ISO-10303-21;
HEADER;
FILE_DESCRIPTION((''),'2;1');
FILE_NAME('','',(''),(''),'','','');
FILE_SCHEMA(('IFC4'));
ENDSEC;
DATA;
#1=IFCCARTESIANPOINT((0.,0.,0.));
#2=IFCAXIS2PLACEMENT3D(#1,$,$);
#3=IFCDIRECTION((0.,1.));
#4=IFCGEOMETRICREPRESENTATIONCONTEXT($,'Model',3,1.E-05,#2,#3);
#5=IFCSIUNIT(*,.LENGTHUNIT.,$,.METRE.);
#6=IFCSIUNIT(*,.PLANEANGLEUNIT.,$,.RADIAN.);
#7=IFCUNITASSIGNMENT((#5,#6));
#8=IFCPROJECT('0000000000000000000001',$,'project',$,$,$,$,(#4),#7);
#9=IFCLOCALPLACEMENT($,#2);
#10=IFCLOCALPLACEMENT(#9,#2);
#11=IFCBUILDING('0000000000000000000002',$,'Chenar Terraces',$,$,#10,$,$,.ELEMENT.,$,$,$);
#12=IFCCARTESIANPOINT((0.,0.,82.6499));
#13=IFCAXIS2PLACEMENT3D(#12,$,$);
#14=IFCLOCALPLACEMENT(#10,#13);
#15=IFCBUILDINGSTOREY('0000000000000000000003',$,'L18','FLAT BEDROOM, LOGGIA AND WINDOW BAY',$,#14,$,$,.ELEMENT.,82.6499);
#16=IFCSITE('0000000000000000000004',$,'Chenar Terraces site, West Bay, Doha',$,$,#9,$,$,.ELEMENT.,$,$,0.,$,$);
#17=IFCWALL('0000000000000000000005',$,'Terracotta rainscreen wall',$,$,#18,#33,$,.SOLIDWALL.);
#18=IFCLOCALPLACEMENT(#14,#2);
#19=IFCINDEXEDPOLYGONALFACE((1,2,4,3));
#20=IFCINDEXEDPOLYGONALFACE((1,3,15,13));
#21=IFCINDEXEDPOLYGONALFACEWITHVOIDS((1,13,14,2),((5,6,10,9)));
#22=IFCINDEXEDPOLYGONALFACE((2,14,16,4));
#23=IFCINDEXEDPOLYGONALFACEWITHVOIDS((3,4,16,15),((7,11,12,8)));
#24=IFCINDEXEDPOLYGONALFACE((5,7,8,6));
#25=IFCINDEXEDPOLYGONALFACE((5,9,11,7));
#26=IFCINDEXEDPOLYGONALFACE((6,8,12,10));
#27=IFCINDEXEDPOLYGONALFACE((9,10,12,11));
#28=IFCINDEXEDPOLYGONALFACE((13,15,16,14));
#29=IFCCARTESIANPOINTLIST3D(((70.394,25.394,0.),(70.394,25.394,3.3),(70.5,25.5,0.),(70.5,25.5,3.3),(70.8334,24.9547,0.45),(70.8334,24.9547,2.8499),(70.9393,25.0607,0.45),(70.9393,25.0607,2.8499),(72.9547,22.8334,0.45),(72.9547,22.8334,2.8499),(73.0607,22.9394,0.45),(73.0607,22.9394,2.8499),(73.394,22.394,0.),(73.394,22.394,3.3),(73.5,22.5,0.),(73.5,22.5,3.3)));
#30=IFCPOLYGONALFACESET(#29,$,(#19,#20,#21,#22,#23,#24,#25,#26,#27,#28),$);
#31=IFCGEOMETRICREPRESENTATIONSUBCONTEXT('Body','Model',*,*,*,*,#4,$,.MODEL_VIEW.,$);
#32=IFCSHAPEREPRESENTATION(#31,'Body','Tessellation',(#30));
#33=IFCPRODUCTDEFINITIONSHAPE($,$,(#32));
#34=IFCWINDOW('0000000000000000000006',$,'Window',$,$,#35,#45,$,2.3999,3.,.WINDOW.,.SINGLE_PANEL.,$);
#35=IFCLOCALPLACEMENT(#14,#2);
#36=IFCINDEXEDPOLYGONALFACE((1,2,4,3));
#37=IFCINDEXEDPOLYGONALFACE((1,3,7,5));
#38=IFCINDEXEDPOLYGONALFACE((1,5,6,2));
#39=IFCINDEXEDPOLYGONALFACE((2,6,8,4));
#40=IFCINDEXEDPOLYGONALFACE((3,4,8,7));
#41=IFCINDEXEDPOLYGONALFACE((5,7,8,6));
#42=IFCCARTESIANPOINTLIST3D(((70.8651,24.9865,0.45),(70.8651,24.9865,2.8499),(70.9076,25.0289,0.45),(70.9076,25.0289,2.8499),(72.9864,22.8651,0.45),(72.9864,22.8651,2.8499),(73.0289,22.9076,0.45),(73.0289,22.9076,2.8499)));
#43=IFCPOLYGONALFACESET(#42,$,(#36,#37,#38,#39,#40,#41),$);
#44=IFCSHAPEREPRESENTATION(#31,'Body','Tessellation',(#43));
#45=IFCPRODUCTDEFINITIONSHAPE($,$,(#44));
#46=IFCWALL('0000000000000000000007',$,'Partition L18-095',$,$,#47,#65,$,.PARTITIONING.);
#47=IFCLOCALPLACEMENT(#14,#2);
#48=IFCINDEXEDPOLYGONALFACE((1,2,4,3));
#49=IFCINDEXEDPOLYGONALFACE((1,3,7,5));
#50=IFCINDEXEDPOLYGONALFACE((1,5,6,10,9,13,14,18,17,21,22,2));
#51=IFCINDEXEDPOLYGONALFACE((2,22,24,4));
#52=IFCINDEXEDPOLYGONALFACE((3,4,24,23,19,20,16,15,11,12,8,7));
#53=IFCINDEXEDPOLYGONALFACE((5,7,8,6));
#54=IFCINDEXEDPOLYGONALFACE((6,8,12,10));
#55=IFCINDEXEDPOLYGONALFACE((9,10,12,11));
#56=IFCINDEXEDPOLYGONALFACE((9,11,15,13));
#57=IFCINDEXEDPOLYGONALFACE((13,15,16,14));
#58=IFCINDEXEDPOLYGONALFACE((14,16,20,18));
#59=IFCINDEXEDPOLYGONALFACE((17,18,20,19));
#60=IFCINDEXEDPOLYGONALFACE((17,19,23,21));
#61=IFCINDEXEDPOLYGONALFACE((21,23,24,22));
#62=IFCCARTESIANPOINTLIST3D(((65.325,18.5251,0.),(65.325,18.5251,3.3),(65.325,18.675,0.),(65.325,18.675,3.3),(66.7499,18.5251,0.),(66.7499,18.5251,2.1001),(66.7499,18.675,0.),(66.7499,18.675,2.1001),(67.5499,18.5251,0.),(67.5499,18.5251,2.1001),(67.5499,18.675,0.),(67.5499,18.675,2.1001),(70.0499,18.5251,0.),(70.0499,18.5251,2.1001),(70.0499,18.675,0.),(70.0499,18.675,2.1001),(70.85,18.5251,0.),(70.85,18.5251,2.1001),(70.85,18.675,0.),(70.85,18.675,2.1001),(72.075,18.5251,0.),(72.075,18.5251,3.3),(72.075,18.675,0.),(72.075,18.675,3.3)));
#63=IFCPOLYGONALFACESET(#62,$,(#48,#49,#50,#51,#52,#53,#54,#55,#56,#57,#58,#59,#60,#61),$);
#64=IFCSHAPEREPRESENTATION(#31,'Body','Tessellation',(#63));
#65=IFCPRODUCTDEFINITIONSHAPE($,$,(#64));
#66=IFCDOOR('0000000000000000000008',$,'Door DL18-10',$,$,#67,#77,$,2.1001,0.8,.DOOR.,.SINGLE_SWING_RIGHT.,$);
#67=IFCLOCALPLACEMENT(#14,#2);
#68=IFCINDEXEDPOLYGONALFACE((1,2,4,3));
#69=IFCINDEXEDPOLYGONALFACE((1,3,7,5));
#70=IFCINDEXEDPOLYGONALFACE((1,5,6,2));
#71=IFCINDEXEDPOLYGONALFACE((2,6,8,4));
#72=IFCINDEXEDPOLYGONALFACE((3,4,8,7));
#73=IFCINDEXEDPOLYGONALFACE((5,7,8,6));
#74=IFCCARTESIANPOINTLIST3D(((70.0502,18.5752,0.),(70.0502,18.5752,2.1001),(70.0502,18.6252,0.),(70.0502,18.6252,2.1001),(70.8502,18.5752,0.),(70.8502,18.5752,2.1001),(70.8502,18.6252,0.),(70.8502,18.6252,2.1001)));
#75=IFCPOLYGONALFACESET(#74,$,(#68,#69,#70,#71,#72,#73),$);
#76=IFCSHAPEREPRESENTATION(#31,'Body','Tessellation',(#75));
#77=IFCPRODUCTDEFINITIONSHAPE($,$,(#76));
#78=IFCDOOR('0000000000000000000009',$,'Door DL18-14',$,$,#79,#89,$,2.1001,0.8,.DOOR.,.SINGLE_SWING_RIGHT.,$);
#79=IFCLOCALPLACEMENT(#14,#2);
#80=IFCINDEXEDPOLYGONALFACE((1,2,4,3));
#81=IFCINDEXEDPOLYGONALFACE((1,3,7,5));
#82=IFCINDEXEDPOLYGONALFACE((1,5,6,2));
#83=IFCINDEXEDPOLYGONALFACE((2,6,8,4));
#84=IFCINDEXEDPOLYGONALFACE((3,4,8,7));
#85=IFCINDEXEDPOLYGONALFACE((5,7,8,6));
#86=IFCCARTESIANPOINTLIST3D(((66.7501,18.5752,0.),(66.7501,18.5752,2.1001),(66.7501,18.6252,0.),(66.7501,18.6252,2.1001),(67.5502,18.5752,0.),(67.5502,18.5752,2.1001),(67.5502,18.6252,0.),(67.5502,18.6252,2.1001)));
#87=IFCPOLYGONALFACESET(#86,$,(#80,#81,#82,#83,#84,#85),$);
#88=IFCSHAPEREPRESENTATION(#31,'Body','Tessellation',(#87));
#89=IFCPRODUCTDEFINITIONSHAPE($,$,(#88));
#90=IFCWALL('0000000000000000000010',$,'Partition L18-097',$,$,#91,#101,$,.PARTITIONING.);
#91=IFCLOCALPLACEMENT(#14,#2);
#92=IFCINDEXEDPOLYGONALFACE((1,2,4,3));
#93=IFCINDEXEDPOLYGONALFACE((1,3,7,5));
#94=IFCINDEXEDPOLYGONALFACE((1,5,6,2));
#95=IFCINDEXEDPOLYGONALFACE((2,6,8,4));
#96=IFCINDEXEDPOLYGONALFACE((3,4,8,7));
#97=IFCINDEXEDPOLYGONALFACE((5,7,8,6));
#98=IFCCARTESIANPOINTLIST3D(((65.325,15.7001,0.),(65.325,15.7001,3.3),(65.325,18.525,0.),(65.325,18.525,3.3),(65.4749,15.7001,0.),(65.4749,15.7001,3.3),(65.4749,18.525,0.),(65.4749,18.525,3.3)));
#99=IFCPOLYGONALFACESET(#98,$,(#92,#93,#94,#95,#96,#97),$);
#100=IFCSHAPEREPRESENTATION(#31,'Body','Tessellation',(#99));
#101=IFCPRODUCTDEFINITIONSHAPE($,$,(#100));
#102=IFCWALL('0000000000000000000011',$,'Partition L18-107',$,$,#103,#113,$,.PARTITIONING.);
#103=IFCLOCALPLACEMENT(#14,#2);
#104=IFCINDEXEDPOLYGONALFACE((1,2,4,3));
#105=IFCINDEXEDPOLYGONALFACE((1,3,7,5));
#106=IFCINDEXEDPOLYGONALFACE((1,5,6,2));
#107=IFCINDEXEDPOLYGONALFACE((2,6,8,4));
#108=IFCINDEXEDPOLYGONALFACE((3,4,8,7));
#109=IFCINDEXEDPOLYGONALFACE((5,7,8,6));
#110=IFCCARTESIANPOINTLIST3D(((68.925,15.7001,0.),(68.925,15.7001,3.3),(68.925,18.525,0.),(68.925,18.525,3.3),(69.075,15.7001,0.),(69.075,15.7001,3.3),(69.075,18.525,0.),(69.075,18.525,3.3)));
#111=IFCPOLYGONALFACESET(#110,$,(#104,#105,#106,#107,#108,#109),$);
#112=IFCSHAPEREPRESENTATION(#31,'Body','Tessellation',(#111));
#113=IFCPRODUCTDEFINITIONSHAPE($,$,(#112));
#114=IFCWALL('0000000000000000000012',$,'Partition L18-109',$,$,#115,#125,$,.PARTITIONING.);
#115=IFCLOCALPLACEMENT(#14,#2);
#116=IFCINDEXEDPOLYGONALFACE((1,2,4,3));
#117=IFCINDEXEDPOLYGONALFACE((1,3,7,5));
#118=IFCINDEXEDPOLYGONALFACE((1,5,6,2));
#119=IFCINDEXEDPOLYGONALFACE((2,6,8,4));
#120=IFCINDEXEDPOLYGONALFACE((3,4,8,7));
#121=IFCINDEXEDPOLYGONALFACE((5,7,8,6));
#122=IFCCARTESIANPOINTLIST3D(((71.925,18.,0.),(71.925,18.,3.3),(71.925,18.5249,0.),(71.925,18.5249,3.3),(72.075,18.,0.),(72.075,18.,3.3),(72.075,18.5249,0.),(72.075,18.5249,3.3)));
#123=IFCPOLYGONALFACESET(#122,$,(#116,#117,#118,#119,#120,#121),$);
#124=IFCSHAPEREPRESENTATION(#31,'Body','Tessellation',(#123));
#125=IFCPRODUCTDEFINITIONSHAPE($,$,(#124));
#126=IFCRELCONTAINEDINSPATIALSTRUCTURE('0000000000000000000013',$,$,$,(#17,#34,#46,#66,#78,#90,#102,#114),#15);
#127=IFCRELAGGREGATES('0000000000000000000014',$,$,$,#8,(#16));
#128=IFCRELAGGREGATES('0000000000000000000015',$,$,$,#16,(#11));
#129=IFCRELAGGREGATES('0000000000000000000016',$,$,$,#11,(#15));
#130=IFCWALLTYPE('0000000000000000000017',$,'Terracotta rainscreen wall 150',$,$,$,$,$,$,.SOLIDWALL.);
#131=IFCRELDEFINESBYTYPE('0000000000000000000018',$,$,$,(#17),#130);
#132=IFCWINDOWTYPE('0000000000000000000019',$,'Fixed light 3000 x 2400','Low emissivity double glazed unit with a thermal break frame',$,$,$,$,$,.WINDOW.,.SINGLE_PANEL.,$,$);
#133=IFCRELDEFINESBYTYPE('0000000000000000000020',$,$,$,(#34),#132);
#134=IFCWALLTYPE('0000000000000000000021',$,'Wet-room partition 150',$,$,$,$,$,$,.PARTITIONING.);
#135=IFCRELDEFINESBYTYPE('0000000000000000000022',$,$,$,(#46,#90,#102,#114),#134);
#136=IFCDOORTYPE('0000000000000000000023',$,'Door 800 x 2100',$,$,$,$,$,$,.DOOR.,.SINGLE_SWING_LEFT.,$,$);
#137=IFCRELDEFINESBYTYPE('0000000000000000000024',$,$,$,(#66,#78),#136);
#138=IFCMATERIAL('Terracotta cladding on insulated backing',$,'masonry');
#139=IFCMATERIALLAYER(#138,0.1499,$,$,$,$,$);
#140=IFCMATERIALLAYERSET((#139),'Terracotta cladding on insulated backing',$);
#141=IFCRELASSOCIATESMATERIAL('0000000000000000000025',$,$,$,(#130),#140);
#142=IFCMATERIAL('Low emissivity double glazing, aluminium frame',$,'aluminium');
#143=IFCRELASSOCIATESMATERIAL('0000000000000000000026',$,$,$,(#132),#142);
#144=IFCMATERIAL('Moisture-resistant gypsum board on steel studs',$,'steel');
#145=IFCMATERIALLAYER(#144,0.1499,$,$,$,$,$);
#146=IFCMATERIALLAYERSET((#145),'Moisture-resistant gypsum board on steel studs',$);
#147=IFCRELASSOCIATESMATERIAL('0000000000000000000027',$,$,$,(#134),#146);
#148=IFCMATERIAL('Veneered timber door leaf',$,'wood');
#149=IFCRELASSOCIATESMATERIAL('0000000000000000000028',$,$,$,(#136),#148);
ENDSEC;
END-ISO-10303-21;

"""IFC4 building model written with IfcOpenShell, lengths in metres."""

from ifc_helpers import new_model, si_unit, direction, frame, frame_2d, origin, place, context, subcontext, project, spatial, rectangle, extrude, material, layer, layer_set, type_object, element, fill, save


model = new_model("IFC4")

# Units and contexts
model_context = context("Model", 3, precision=1e-05, world=origin(), true_north=direction((0.0, 1.0)))
body_context = subcontext(model_context, "Body", "Model", "MODEL_VIEW")
ifc_project = project(units=[si_unit("LENGTHUNIT", "METRE"), si_unit("PLANEANGLEUNIT", "RADIAN")], contexts=[model_context])

# Site, building, storey
site_placement = place(None, origin())
site = spatial("IfcSite", under=ifc_project, at=site_placement, Name="Chenar Terraces site, West Bay, Doha", CompositionType="ELEMENT", RefElevation=0.0)
building_placement = place(site_placement, origin())
building = spatial("IfcBuilding", under=site, at=building_placement, Name="Chenar Terraces", CompositionType="ELEMENT")
storey_placement = place(building_placement, frame((0.0, 0.0, 82.6499)))
storey = spatial("IfcBuildingStorey", under=building, at=storey_placement, Name="L18", Description="FLAT BEDROOM, LOGGIA AND WINDOW BAY", CompositionType="ELEMENT", Elevation=82.6499)

# Wall, opening, window
ifc_material_1 = material(Name="Terracotta cladding on insulated backing", Category="masonry")
ifc_layer_1 = layer(ifc_material_1, 0.1499)
ifc_layer_set_1 = layer_set([ifc_layer_1], Name="Terracotta cladding on insulated backing")
wall_type_1 = type_object("IfcWallType", Name="Terracotta rainscreen wall 150", PredefinedType="SOLIDWALL", material=ifc_layer_set_1)
wall_1_placement = place(storey_placement, frame((73.447, 22.447, 0.0), z_axis=(0.0, 0.0, 1.0), x_axis=(-0.707107, 0.707107, 0.0)))
wall_1 = element("IfcWall", 1, at=wall_1_placement, inside=storey, type_object=wall_type_1, Name="Terracotta rainscreen wall", PredefinedType="SOLIDWALL", context=body_context, shape_type="SweptSolid", body=[
    extrude(rectangle(XDim=4.2427, YDim=0.1499, at=frame_2d((2.1213, 0.0))), origin(), (0.0, 0.0, 1.0), 3.3),
])
opening_1_placement = place(wall_1_placement, frame((0.6213, 0.0, 0.45)))
opening_1 = element("IfcOpeningElement", 2, at=opening_1_placement, cuts=wall_1, PredefinedType="OPENING", context=body_context, shape_type="SweptSolid", body=[
    extrude(rectangle(XDim=3.0, YDim=2.3999, at=frame_2d((1.5, 1.2))), frame((0.0, 0.085, 0.0), z_axis=(0.0, -1.0, 0.0), x_axis=(1.0, 0.0, 0.0)), (0.0, 0.0, 1.0), 0.1699),
])
ifc_material_2 = material(Name="Low emissivity double glazing, aluminium frame", Category="aluminium")
window_type_1 = type_object("IfcWindowType", Name="Fixed light 3000 x 2400", Description="Low emissivity double glazed unit with a thermal break frame", PartitioningType="SINGLE_PANEL", PredefinedType="WINDOW", material=ifc_material_2)
window_1_placement = place(opening_1_placement, origin())
window_1 = element("IfcWindow", 3, at=window_1_placement, inside=storey, type_object=window_type_1, Name="Window", OverallHeight=2.3999, OverallWidth=3.0, PartitioningType="SINGLE_PANEL", PredefinedType="WINDOW", context=body_context, shape_type="SweptSolid", body=[
    extrude(rectangle(XDim=3.0, YDim=2.3999, at=frame_2d((1.5, 1.2))), frame((0.0, 0.03, 0.0), z_axis=(0.0, -1.0, 0.0), x_axis=(1.0, 0.0, 0.0)), (0.0, 0.0, 1.0), 0.0601),
])
fill(opening_1, window_1)

# Wall, openings, doors
ifc_material_3 = material(Name="Moisture-resistant gypsum board on steel studs", Category="steel")
ifc_layer_2 = layer(ifc_material_3, 0.1499)
ifc_layer_set_2 = layer_set([ifc_layer_2], Name="Moisture-resistant gypsum board on steel studs")
wall_type_2 = type_object("IfcWallType", Name="Wet-room partition 150", PredefinedType="PARTITIONING", material=ifc_layer_set_2)
wall_2_placement = place(storey_placement, frame((65.325, 18.6001, 0.0), z_axis=(0.0, 0.0, 1.0), x_axis=(1.0, 0.0, 0.0)))
wall_2 = element("IfcWall", 4, at=wall_2_placement, inside=storey, type_object=wall_type_2, Name="Partition L18-095", PredefinedType="PARTITIONING", context=body_context, shape_type="SweptSolid", body=[
    extrude(rectangle(XDim=6.75, YDim=0.1499, at=frame_2d((3.375, 0.0))), origin(), (0.0, 0.0, 1.0), 3.3),
])
opening_2_placement = place(wall_2_placement, frame((4.7251, 0.0, 0.0)))
opening_2 = element("IfcOpeningElement", 5, at=opening_2_placement, cuts=wall_2, PredefinedType="OPENING", context=body_context, shape_type="SweptSolid", body=[
    extrude(rectangle(XDim=0.8, YDim=2.1001, at=frame_2d((0.3999, 1.05))), frame((0.0, 0.085, 0.0), z_axis=(0.0, -1.0, 0.0), x_axis=(1.0, 0.0, 0.0)), (0.0, 0.0, 1.0), 0.1699),
])
opening_3_placement = place(wall_2_placement, frame((1.425, 0.0, 0.0)))
opening_3 = element("IfcOpeningElement", 6, at=opening_3_placement, cuts=wall_2, PredefinedType="OPENING", context=body_context, shape_type="SweptSolid", body=[
    extrude(rectangle(XDim=0.8, YDim=2.1001, at=frame_2d((0.3999, 1.05))), frame((0.0, 0.085, 0.0), z_axis=(0.0, -1.0, 0.0), x_axis=(1.0, 0.0, 0.0)), (0.0, 0.0, 1.0), 0.1699),
])
ifc_material_4 = material(Name="Veneered timber door leaf", Category="wood")
door_type_1 = type_object("IfcDoorType", Name="Door 800 x 2100", OperationType="SINGLE_SWING_LEFT", PredefinedType="DOOR", material=ifc_material_4)
door_1_placement = place(opening_2_placement, frame((0.8, 0.0, 0.0), z_axis=(0.0, 0.0, 1.0), x_axis=(-1.0, 0.0, 0.0)))
door_1 = element("IfcDoor", 7, at=door_1_placement, inside=storey, type_object=door_type_1, Name="Door DL18-10", OperationType="SINGLE_SWING_RIGHT", OverallHeight=2.1001, OverallWidth=0.8, PredefinedType="DOOR", context=body_context, shape_type="SweptSolid", body=[
    extrude(rectangle(XDim=0.8, YDim=2.1001, at=frame_2d((0.3999, 1.05))), frame((0.0, 0.0249, 0.0), z_axis=(0.0, -1.0, 0.0), x_axis=(1.0, 0.0, 0.0)), (0.0, 0.0, 1.0), 0.05),
])
fill(opening_2, door_1)
door_2_placement = place(opening_3_placement, frame((0.8, 0.0, 0.0), z_axis=(0.0, 0.0, 1.0), x_axis=(-1.0, 0.0, 0.0)))
door_2 = element("IfcDoor", 8, at=door_2_placement, inside=storey, type_object=door_type_1, Name="Door DL18-14", OperationType="SINGLE_SWING_RIGHT", OverallHeight=2.1001, OverallWidth=0.8, PredefinedType="DOOR", context=body_context, shape_type="SweptSolid", body=[
    extrude(rectangle(XDim=0.8, YDim=2.1001, at=frame_2d((0.3999, 1.05))), frame((0.0, 0.0249, 0.0), z_axis=(0.0, -1.0, 0.0), x_axis=(1.0, 0.0, 0.0)), (0.0, 0.0, 1.0), 0.05),
])
fill(opening_3, door_2)

# Walls
for number, where, z_axis, x_axis, name in (
    (9, (65.3999, 15.7, 0.0), (0.0, 0.0, 1.0), (0.0, 1.0, 0.0), "Partition L18-097"),
    (10, (69.0, 15.7, 0.0), (0.0, 0.0, 1.0), (0.0, 1.0, 0.0), "Partition L18-107"),
):
    element("IfcWall", number, at=place(storey_placement, frame(where, z_axis=z_axis, x_axis=x_axis)), inside=storey, type_object=wall_type_2, Name=name, PredefinedType="PARTITIONING", context=body_context, shape_type="SweptSolid", body=[
        extrude(rectangle(XDim=2.825, YDim=0.1499, at=frame_2d((1.4126, 0.0))), origin(), (0.0, 0.0, 1.0), 3.3),
    ])
wall_3_placement = place(storey_placement, frame((72.0, 18.0, 0.0), z_axis=(0.0, 0.0, 1.0), x_axis=(0.0, 1.0, 0.0)))
element("IfcWall", 11, at=wall_3_placement, inside=storey, type_object=wall_type_2, Name="Partition L18-109", PredefinedType="PARTITIONING", context=body_context, shape_type="SweptSolid", body=[
    extrude(rectangle(XDim=0.5249, YDim=0.1499, at=frame_2d((0.2625, 0.0))), origin(), (0.0, 0.0, 1.0), 3.3),
])

save(model, "model.ifc")
